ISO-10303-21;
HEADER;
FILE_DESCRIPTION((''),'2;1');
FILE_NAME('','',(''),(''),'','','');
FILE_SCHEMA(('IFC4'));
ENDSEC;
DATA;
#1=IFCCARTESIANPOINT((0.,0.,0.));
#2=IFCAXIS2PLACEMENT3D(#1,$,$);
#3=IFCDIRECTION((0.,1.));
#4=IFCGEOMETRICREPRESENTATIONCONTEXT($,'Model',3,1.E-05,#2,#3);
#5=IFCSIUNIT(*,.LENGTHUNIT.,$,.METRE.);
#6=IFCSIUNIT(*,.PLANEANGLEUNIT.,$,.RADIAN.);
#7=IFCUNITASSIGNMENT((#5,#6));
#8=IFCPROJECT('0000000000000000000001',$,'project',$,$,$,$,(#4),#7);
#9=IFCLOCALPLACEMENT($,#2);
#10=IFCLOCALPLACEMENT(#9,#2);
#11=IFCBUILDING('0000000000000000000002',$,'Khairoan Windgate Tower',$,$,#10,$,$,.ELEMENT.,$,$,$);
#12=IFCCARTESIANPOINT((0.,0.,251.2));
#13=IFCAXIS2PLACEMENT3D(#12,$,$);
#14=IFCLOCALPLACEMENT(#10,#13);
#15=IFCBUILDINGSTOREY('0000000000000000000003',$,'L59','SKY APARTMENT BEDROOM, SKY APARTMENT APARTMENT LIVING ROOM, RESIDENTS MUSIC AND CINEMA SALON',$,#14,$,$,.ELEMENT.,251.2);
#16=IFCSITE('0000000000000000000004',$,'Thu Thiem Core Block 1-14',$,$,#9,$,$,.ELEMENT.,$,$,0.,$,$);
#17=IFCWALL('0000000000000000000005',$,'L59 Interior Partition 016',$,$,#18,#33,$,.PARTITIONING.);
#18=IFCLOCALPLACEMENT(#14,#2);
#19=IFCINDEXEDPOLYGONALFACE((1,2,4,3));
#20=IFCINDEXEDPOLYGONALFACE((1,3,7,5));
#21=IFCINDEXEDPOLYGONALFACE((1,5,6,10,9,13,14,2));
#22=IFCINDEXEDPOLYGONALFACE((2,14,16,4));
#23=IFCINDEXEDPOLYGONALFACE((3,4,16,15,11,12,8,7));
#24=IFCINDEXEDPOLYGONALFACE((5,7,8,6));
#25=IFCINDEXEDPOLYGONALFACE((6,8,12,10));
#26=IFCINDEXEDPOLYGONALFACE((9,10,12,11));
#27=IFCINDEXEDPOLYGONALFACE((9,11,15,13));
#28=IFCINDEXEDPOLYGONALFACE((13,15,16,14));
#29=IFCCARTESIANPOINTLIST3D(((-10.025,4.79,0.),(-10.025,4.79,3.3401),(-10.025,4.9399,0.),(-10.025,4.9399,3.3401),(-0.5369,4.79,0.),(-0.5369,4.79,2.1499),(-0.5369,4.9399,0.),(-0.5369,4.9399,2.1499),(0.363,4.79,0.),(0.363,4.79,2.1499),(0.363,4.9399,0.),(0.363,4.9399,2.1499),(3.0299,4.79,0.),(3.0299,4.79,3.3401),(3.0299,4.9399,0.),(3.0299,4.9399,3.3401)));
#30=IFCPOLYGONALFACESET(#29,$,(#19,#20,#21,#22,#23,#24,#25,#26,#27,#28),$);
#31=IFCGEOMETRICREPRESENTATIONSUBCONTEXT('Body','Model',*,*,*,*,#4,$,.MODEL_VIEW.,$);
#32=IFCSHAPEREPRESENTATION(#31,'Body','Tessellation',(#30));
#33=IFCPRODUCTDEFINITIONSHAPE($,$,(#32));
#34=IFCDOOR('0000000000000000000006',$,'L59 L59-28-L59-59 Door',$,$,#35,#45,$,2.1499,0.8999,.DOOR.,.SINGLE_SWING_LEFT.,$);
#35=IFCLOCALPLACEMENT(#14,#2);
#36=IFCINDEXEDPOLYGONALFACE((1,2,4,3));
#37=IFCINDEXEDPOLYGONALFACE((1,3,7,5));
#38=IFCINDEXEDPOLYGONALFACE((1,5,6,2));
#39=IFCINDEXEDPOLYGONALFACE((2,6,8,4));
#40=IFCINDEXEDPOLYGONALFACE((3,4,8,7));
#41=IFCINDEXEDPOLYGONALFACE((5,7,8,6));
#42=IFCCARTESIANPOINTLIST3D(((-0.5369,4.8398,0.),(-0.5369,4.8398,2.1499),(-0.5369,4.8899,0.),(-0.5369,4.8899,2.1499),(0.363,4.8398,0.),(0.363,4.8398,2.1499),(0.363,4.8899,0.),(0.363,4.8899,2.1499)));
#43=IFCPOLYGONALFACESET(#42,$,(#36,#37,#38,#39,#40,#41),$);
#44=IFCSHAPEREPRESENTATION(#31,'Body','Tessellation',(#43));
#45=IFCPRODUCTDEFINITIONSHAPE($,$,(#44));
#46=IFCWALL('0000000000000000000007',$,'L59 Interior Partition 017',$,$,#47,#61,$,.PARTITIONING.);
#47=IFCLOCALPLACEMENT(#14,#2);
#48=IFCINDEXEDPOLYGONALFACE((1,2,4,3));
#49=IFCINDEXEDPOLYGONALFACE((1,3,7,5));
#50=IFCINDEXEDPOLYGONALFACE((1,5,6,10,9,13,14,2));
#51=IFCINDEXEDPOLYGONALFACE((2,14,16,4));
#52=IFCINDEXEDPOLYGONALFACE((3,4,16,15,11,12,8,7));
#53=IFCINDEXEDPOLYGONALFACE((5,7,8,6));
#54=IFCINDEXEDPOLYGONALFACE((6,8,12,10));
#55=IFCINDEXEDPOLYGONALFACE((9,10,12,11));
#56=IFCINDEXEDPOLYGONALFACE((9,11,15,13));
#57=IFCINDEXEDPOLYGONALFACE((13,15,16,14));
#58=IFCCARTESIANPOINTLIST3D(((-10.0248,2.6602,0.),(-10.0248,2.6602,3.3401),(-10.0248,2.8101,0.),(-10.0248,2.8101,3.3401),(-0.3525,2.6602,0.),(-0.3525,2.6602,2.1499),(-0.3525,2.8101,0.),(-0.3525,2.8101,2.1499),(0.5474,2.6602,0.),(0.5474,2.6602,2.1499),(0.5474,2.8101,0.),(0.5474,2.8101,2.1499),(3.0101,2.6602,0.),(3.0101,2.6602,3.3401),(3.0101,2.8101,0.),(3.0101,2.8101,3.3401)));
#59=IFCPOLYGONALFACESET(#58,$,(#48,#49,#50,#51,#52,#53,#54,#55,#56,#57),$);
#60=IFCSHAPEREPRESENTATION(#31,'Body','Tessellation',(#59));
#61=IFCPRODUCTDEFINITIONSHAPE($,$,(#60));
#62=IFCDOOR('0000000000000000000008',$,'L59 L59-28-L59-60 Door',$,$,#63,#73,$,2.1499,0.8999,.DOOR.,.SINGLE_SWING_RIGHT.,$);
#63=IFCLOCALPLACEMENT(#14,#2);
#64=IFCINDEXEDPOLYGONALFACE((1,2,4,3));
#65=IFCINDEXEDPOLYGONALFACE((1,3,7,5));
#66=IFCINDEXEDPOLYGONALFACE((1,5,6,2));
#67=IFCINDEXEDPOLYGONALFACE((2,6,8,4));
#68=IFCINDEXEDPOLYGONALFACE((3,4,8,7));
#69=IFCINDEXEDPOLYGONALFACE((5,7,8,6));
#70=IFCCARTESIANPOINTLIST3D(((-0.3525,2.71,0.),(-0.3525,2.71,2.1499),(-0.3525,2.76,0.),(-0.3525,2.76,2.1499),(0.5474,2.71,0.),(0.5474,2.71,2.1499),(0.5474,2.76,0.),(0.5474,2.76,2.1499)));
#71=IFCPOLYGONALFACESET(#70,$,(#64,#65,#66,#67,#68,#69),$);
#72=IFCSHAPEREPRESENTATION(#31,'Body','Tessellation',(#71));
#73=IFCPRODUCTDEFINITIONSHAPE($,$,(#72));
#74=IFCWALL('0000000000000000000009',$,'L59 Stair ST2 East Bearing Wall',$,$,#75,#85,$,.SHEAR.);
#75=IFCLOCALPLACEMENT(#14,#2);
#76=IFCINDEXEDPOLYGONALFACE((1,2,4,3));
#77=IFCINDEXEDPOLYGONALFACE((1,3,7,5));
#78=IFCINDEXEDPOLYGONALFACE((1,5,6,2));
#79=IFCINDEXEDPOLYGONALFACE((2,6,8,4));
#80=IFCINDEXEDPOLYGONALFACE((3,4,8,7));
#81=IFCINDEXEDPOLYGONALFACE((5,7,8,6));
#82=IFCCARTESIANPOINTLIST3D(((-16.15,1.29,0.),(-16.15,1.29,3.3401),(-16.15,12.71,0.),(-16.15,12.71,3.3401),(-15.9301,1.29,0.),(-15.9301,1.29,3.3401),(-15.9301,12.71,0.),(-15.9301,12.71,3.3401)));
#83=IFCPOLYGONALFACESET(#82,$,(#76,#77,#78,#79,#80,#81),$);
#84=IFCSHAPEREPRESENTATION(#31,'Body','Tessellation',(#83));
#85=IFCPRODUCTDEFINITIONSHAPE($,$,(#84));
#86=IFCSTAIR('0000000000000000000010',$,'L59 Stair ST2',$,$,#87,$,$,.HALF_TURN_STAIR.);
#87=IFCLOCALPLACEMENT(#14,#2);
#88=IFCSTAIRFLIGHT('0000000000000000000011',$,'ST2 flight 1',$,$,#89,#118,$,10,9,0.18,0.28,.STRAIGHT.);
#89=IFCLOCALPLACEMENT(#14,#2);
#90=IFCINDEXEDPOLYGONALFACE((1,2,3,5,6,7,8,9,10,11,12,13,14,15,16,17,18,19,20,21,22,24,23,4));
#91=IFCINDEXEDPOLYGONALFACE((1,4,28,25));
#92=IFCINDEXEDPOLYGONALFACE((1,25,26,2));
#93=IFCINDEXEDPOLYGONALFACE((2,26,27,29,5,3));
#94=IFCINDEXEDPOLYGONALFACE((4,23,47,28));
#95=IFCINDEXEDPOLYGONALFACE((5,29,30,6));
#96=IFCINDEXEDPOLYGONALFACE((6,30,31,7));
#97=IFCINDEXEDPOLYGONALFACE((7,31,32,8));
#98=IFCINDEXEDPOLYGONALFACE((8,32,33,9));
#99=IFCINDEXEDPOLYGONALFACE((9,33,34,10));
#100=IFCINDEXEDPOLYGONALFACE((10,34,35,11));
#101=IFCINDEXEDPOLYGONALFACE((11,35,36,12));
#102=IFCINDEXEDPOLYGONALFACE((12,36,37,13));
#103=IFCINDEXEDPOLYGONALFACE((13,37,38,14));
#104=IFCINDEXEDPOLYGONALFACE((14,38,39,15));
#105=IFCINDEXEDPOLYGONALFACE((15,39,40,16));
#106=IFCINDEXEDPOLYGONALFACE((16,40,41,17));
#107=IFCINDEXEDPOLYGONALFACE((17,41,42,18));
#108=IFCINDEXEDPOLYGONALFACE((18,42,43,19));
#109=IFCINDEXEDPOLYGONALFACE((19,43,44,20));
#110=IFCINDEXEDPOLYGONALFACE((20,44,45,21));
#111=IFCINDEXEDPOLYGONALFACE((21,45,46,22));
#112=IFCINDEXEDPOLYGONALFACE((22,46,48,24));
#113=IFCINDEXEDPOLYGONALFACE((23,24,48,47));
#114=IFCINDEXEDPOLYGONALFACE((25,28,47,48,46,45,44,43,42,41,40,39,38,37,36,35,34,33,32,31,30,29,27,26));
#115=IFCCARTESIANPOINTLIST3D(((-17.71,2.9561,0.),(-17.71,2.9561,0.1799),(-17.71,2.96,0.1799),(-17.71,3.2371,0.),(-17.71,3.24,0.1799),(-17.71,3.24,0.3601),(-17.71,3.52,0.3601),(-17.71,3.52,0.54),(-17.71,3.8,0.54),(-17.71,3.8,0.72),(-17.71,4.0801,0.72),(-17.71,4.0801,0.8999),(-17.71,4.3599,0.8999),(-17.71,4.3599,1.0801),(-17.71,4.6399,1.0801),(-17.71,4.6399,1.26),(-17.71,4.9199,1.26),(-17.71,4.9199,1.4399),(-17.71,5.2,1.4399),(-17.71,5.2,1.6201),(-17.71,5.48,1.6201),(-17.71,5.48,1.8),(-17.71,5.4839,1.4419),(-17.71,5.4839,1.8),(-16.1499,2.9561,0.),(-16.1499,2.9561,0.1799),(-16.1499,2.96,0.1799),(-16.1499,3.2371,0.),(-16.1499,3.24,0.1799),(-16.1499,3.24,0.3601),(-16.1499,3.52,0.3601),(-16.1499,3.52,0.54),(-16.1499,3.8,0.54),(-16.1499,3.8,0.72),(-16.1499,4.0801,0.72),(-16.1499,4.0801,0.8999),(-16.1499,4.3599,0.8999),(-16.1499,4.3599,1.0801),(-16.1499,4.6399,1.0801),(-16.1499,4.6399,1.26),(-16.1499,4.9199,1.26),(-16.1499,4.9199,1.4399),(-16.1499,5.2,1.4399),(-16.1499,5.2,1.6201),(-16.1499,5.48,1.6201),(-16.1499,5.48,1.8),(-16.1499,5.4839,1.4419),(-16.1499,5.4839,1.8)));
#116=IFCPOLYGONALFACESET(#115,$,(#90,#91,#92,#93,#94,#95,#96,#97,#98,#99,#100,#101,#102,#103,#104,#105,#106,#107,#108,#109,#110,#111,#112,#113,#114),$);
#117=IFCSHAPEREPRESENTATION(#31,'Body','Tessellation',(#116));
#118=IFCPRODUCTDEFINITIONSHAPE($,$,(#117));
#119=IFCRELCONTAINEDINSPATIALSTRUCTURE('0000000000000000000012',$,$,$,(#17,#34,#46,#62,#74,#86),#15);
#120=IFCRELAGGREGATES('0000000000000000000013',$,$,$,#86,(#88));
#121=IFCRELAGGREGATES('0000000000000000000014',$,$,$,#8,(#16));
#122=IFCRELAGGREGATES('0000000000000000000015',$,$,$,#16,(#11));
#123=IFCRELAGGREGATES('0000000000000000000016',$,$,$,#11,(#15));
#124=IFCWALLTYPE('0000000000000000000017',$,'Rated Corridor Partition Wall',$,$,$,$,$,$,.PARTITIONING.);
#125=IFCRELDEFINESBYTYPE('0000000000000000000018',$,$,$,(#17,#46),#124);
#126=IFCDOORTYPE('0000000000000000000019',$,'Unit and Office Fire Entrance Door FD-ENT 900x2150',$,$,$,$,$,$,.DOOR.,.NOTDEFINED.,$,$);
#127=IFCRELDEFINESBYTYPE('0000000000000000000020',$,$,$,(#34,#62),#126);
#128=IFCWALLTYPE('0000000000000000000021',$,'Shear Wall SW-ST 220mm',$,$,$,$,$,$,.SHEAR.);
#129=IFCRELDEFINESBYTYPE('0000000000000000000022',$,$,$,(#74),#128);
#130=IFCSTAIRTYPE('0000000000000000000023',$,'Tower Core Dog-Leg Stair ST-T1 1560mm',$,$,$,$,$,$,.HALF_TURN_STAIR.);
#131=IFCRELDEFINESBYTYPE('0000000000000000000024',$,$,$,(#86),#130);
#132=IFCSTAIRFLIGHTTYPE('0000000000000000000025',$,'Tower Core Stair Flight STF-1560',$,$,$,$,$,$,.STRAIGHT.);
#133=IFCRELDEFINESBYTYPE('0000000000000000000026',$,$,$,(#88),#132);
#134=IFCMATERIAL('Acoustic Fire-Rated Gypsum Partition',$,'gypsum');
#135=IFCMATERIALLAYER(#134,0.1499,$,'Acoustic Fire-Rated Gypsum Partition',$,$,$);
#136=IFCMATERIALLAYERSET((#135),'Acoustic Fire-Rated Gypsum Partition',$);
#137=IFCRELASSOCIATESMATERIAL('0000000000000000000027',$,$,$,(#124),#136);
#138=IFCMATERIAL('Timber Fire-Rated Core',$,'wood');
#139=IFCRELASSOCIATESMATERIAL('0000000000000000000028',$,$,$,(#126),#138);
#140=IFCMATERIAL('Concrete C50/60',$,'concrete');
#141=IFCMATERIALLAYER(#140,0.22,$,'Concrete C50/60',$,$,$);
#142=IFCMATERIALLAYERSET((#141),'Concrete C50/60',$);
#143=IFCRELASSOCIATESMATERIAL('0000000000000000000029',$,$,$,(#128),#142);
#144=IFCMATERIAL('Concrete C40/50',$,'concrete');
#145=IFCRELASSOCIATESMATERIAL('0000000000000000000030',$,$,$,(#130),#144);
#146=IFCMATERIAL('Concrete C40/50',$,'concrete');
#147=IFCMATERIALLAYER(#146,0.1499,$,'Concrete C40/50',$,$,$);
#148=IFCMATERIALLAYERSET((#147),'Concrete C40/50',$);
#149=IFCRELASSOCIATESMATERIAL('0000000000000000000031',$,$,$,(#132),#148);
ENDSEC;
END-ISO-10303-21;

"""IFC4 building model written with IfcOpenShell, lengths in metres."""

from ifc_helpers import new_model, si_unit, direction, frame, frame_2d, origin, place, context, subcontext, project, spatial, polyline, rectangle, outline, extrude, material, layer, layer_set, type_object, element, fill, aggregate, save


model = new_model("IFC4")

# Units and contexts
model_context = context("Model", 3, precision=1e-05, world=origin(), true_north=direction((0.0, 1.0)))
body_context = subcontext(model_context, "Body", "Model", "MODEL_VIEW")
ifc_project = project(units=[si_unit("LENGTHUNIT", "METRE"), si_unit("PLANEANGLEUNIT", "RADIAN")], contexts=[model_context])

# Site, building, storey
site_placement = place(None, origin())
site = spatial("IfcSite", under=ifc_project, at=site_placement, Name="Thu Thiem Core Block 1-14", CompositionType="ELEMENT", RefElevation=0.0)
building_placement = place(site_placement, origin())
building = spatial("IfcBuilding", under=site, at=building_placement, Name="Khairoan Windgate Tower", CompositionType="ELEMENT")
storey_placement = place(building_placement, frame((0.0, 0.0, 251.2)))
storey = spatial("IfcBuildingStorey", under=building, at=storey_placement, Name="L59", Description="SKY APARTMENT BEDROOM, SKY APARTMENT APARTMENT LIVING ROOM, RESIDENTS MUSIC AND CINEMA SALON", CompositionType="ELEMENT", Elevation=251.2)

# Walls, openings, doors
ifc_material_1 = material(Name="Acoustic Fire-Rated Gypsum Partition", Category="gypsum")
ifc_layer_1 = layer(ifc_material_1, 0.1499, Name="Acoustic Fire-Rated Gypsum Partition")
ifc_layer_set_1 = layer_set([ifc_layer_1], Name="Acoustic Fire-Rated Gypsum Partition")
wall_type_1 = type_object("IfcWallType", Name="Rated Corridor Partition Wall", PredefinedType="PARTITIONING", material=ifc_layer_set_1)
ifc_material_2 = material(Name="Timber Fire-Rated Core", Category="wood")
door_type = type_object("IfcDoorType", Name="Unit and Office Fire Entrance Door FD-ENT 900x2150", OperationType="NOTDEFINED", PredefinedType="DOOR", material=ifc_material_2)
wall_1_placement = place(storey_placement, frame((-10.0249, 4.865, 0.0), z_axis=(0.0, 0.0, 1.0), x_axis=(1.0, 0.0, 0.0)))
wall_1 = element("IfcWall", 1, at=wall_1_placement, inside=storey, type_object=wall_type_1, Name="L59 Interior Partition 016", PredefinedType="PARTITIONING", context=body_context, shape_type="SweptSolid", body=[
    extrude(rectangle(XDim=13.0549, YDim=0.1499, at=frame_2d((6.5273, 0.0))), origin(), (0.0, 0.0, 1.0), 3.3401),
])
opening_1_placement = place(wall_1_placement, frame((9.488, 0.0, 0.0)))
opening_1 = element("IfcOpeningElement", 2, at=opening_1_placement, cuts=wall_1, PredefinedType="OPENING", context=body_context, shape_type="SweptSolid", body=[
    extrude(rectangle(XDim=0.8999, YDim=2.1499, at=frame_2d((0.45, 1.075))), frame((0.0, 0.085, 0.0), z_axis=(0.0, -1.0, 0.0), x_axis=(1.0, 0.0, 0.0)), (0.0, 0.0, 1.0), 0.1699),
])
door_1_placement = place(opening_1_placement, origin())
door_1 = element("IfcDoor", 3, at=door_1_placement, inside=storey, type_object=door_type, Name="L59 L59-28-L59-59 Door", OperationType="SINGLE_SWING_LEFT", OverallHeight=2.1499, OverallWidth=0.8999, PredefinedType="DOOR", context=body_context, shape_type="SweptSolid", body=[
    extrude(rectangle(XDim=0.8999, YDim=2.1499, at=frame_2d((0.45, 1.075))), frame((0.0, 0.0249, 0.0), z_axis=(0.0, -1.0, 0.0), x_axis=(1.0, 0.0, 0.0)), (0.0, 0.0, 1.0), 0.05),
])
fill(opening_1, door_1)
wall_2_placement = place(storey_placement, frame((-10.0249, 2.7351, 0.0), z_axis=(0.0, 0.0, 1.0), x_axis=(1.0, 0.0, 0.0)))
wall_2 = element("IfcWall", 4, at=wall_2_placement, inside=storey, type_object=wall_type_1, Name="L59 Interior Partition 017", PredefinedType="PARTITIONING", context=body_context, shape_type="SweptSolid", body=[
    extrude(rectangle(XDim=13.0349, YDim=0.1499, at=frame_2d((6.5176, 0.0))), origin(), (0.0, 0.0, 1.0), 3.3401),
])
opening_2_placement = place(wall_2_placement, frame((9.6724, 0.0, 0.0)))
opening_2 = element("IfcOpeningElement", 5, at=opening_2_placement, cuts=wall_2, PredefinedType="OPENING", context=body_context, shape_type="SweptSolid", body=[
    extrude(rectangle(XDim=0.8999, YDim=2.1499, at=frame_2d((0.45, 1.075))), frame((0.0, 0.085, 0.0), z_axis=(0.0, -1.0, 0.0), x_axis=(1.0, 0.0, 0.0)), (0.0, 0.0, 1.0), 0.1699),
])
door_2_placement = place(opening_2_placement, origin())
door_2 = element("IfcDoor", 6, at=door_2_placement, inside=storey, type_object=door_type, Name="L59 L59-28-L59-60 Door", OperationType="SINGLE_SWING_RIGHT", OverallHeight=2.1499, OverallWidth=0.8999, PredefinedType="DOOR", context=body_context, shape_type="SweptSolid", body=[
    extrude(rectangle(XDim=0.8999, YDim=2.1499, at=frame_2d((0.45, 1.075))), frame((0.0, 0.0249, 0.0), z_axis=(0.0, -1.0, 0.0), x_axis=(1.0, 0.0, 0.0)), (0.0, 0.0, 1.0), 0.05),
])
fill(opening_2, door_2)

# Wall
ifc_material_3 = material(Name="Concrete C50/60", Category="concrete")
ifc_layer_2 = layer(ifc_material_3, 0.22, Name="Concrete C50/60")
ifc_layer_set_2 = layer_set([ifc_layer_2], Name="Concrete C50/60")
wall_type_2 = type_object("IfcWallType", Name="Shear Wall SW-ST 220mm", PredefinedType="SHEAR", material=ifc_layer_set_2)
wall_3_placement = place(storey_placement, frame((-16.04, 1.29, 0.0), z_axis=(0.0, 0.0, 1.0), x_axis=(0.0, 1.0, 0.0)))
element("IfcWall", 7, at=wall_3_placement, inside=storey, type_object=wall_type_2, Name="L59 Stair ST2 East Bearing Wall", PredefinedType="SHEAR", context=body_context, shape_type="SweptSolid", body=[
    extrude(rectangle(XDim=11.4199, YDim=0.22, at=frame_2d((5.71, 0.0))), origin(), (0.0, 0.0, 1.0), 3.3401),
])

# Stair, stair flight
ifc_material_4 = material(Name="Concrete C40/50", Category="concrete")
stair_type = type_object("IfcStairType", Name="Tower Core Dog-Leg Stair ST-T1 1560mm", PredefinedType="HALF_TURN_STAIR", material=ifc_material_4)
stair_placement = place(storey_placement, origin())
stair = element("IfcStair", 8, at=stair_placement, inside=storey, type_object=stair_type, Name="L59 Stair ST2", PredefinedType="HALF_TURN_STAIR")
ifc_material_5 = material(Name="Concrete C40/50", Category="concrete")
ifc_layer_3 = layer(ifc_material_5, 0.1499, Name="Concrete C40/50")
ifc_layer_set_3 = layer_set([ifc_layer_3], Name="Concrete C40/50")
stair_flight_type = type_object("IfcStairFlightType", Name="Tower Core Stair Flight STF-1560", PredefinedType="STRAIGHT", material=ifc_layer_set_3)
stair_flight_placement = place(storey_placement, frame((-16.9299, 2.96, 0.0), z_axis=(0.0, 0.0, 1.0), x_axis=(0.0, 1.0, 0.0)))
stair_flight = element("IfcStairFlight", 9, at=stair_flight_placement, type_object=stair_flight_type, Name="ST2 flight 1", NumberOfRisers=10, NumberOfTreads=9, PredefinedType="STRAIGHT", RiserHeight=0.18, TreadLength=0.28, context=body_context, shape_type="SweptSolid", body=[
    extrude(outline(polyline([(-0.0039, 0.0), (-0.0039, 0.1799), (0.0, 0.1799), (0.28, 0.1799), (0.28, 0.3601), (0.5601, 0.3601), (0.5601, 0.54), (0.8401, 0.54), (0.8401, 0.72), (1.1201, 0.72), (1.1201, 0.8999), (1.3999, 0.8999), (1.3999, 1.0801), (1.6799, 1.0801), (1.6799, 1.26), (1.96, 1.26), (1.96, 1.4399), (2.24, 1.4399), (2.24, 1.6201), (2.52, 1.6201), (2.52, 1.8), (2.5239, 1.8), (2.5239, 1.4419), (0.2771, 0.0), (-0.0039, 0.0)])), frame((0.0, 0.78, 0.0), z_axis=(0.0, -1.0, 0.0), x_axis=(1.0, 0.0, 0.0)), (0.0, 0.0, 1.0), 1.5601),
])
aggregate(stair, [stair_flight])

save(model, "model.ifc")
